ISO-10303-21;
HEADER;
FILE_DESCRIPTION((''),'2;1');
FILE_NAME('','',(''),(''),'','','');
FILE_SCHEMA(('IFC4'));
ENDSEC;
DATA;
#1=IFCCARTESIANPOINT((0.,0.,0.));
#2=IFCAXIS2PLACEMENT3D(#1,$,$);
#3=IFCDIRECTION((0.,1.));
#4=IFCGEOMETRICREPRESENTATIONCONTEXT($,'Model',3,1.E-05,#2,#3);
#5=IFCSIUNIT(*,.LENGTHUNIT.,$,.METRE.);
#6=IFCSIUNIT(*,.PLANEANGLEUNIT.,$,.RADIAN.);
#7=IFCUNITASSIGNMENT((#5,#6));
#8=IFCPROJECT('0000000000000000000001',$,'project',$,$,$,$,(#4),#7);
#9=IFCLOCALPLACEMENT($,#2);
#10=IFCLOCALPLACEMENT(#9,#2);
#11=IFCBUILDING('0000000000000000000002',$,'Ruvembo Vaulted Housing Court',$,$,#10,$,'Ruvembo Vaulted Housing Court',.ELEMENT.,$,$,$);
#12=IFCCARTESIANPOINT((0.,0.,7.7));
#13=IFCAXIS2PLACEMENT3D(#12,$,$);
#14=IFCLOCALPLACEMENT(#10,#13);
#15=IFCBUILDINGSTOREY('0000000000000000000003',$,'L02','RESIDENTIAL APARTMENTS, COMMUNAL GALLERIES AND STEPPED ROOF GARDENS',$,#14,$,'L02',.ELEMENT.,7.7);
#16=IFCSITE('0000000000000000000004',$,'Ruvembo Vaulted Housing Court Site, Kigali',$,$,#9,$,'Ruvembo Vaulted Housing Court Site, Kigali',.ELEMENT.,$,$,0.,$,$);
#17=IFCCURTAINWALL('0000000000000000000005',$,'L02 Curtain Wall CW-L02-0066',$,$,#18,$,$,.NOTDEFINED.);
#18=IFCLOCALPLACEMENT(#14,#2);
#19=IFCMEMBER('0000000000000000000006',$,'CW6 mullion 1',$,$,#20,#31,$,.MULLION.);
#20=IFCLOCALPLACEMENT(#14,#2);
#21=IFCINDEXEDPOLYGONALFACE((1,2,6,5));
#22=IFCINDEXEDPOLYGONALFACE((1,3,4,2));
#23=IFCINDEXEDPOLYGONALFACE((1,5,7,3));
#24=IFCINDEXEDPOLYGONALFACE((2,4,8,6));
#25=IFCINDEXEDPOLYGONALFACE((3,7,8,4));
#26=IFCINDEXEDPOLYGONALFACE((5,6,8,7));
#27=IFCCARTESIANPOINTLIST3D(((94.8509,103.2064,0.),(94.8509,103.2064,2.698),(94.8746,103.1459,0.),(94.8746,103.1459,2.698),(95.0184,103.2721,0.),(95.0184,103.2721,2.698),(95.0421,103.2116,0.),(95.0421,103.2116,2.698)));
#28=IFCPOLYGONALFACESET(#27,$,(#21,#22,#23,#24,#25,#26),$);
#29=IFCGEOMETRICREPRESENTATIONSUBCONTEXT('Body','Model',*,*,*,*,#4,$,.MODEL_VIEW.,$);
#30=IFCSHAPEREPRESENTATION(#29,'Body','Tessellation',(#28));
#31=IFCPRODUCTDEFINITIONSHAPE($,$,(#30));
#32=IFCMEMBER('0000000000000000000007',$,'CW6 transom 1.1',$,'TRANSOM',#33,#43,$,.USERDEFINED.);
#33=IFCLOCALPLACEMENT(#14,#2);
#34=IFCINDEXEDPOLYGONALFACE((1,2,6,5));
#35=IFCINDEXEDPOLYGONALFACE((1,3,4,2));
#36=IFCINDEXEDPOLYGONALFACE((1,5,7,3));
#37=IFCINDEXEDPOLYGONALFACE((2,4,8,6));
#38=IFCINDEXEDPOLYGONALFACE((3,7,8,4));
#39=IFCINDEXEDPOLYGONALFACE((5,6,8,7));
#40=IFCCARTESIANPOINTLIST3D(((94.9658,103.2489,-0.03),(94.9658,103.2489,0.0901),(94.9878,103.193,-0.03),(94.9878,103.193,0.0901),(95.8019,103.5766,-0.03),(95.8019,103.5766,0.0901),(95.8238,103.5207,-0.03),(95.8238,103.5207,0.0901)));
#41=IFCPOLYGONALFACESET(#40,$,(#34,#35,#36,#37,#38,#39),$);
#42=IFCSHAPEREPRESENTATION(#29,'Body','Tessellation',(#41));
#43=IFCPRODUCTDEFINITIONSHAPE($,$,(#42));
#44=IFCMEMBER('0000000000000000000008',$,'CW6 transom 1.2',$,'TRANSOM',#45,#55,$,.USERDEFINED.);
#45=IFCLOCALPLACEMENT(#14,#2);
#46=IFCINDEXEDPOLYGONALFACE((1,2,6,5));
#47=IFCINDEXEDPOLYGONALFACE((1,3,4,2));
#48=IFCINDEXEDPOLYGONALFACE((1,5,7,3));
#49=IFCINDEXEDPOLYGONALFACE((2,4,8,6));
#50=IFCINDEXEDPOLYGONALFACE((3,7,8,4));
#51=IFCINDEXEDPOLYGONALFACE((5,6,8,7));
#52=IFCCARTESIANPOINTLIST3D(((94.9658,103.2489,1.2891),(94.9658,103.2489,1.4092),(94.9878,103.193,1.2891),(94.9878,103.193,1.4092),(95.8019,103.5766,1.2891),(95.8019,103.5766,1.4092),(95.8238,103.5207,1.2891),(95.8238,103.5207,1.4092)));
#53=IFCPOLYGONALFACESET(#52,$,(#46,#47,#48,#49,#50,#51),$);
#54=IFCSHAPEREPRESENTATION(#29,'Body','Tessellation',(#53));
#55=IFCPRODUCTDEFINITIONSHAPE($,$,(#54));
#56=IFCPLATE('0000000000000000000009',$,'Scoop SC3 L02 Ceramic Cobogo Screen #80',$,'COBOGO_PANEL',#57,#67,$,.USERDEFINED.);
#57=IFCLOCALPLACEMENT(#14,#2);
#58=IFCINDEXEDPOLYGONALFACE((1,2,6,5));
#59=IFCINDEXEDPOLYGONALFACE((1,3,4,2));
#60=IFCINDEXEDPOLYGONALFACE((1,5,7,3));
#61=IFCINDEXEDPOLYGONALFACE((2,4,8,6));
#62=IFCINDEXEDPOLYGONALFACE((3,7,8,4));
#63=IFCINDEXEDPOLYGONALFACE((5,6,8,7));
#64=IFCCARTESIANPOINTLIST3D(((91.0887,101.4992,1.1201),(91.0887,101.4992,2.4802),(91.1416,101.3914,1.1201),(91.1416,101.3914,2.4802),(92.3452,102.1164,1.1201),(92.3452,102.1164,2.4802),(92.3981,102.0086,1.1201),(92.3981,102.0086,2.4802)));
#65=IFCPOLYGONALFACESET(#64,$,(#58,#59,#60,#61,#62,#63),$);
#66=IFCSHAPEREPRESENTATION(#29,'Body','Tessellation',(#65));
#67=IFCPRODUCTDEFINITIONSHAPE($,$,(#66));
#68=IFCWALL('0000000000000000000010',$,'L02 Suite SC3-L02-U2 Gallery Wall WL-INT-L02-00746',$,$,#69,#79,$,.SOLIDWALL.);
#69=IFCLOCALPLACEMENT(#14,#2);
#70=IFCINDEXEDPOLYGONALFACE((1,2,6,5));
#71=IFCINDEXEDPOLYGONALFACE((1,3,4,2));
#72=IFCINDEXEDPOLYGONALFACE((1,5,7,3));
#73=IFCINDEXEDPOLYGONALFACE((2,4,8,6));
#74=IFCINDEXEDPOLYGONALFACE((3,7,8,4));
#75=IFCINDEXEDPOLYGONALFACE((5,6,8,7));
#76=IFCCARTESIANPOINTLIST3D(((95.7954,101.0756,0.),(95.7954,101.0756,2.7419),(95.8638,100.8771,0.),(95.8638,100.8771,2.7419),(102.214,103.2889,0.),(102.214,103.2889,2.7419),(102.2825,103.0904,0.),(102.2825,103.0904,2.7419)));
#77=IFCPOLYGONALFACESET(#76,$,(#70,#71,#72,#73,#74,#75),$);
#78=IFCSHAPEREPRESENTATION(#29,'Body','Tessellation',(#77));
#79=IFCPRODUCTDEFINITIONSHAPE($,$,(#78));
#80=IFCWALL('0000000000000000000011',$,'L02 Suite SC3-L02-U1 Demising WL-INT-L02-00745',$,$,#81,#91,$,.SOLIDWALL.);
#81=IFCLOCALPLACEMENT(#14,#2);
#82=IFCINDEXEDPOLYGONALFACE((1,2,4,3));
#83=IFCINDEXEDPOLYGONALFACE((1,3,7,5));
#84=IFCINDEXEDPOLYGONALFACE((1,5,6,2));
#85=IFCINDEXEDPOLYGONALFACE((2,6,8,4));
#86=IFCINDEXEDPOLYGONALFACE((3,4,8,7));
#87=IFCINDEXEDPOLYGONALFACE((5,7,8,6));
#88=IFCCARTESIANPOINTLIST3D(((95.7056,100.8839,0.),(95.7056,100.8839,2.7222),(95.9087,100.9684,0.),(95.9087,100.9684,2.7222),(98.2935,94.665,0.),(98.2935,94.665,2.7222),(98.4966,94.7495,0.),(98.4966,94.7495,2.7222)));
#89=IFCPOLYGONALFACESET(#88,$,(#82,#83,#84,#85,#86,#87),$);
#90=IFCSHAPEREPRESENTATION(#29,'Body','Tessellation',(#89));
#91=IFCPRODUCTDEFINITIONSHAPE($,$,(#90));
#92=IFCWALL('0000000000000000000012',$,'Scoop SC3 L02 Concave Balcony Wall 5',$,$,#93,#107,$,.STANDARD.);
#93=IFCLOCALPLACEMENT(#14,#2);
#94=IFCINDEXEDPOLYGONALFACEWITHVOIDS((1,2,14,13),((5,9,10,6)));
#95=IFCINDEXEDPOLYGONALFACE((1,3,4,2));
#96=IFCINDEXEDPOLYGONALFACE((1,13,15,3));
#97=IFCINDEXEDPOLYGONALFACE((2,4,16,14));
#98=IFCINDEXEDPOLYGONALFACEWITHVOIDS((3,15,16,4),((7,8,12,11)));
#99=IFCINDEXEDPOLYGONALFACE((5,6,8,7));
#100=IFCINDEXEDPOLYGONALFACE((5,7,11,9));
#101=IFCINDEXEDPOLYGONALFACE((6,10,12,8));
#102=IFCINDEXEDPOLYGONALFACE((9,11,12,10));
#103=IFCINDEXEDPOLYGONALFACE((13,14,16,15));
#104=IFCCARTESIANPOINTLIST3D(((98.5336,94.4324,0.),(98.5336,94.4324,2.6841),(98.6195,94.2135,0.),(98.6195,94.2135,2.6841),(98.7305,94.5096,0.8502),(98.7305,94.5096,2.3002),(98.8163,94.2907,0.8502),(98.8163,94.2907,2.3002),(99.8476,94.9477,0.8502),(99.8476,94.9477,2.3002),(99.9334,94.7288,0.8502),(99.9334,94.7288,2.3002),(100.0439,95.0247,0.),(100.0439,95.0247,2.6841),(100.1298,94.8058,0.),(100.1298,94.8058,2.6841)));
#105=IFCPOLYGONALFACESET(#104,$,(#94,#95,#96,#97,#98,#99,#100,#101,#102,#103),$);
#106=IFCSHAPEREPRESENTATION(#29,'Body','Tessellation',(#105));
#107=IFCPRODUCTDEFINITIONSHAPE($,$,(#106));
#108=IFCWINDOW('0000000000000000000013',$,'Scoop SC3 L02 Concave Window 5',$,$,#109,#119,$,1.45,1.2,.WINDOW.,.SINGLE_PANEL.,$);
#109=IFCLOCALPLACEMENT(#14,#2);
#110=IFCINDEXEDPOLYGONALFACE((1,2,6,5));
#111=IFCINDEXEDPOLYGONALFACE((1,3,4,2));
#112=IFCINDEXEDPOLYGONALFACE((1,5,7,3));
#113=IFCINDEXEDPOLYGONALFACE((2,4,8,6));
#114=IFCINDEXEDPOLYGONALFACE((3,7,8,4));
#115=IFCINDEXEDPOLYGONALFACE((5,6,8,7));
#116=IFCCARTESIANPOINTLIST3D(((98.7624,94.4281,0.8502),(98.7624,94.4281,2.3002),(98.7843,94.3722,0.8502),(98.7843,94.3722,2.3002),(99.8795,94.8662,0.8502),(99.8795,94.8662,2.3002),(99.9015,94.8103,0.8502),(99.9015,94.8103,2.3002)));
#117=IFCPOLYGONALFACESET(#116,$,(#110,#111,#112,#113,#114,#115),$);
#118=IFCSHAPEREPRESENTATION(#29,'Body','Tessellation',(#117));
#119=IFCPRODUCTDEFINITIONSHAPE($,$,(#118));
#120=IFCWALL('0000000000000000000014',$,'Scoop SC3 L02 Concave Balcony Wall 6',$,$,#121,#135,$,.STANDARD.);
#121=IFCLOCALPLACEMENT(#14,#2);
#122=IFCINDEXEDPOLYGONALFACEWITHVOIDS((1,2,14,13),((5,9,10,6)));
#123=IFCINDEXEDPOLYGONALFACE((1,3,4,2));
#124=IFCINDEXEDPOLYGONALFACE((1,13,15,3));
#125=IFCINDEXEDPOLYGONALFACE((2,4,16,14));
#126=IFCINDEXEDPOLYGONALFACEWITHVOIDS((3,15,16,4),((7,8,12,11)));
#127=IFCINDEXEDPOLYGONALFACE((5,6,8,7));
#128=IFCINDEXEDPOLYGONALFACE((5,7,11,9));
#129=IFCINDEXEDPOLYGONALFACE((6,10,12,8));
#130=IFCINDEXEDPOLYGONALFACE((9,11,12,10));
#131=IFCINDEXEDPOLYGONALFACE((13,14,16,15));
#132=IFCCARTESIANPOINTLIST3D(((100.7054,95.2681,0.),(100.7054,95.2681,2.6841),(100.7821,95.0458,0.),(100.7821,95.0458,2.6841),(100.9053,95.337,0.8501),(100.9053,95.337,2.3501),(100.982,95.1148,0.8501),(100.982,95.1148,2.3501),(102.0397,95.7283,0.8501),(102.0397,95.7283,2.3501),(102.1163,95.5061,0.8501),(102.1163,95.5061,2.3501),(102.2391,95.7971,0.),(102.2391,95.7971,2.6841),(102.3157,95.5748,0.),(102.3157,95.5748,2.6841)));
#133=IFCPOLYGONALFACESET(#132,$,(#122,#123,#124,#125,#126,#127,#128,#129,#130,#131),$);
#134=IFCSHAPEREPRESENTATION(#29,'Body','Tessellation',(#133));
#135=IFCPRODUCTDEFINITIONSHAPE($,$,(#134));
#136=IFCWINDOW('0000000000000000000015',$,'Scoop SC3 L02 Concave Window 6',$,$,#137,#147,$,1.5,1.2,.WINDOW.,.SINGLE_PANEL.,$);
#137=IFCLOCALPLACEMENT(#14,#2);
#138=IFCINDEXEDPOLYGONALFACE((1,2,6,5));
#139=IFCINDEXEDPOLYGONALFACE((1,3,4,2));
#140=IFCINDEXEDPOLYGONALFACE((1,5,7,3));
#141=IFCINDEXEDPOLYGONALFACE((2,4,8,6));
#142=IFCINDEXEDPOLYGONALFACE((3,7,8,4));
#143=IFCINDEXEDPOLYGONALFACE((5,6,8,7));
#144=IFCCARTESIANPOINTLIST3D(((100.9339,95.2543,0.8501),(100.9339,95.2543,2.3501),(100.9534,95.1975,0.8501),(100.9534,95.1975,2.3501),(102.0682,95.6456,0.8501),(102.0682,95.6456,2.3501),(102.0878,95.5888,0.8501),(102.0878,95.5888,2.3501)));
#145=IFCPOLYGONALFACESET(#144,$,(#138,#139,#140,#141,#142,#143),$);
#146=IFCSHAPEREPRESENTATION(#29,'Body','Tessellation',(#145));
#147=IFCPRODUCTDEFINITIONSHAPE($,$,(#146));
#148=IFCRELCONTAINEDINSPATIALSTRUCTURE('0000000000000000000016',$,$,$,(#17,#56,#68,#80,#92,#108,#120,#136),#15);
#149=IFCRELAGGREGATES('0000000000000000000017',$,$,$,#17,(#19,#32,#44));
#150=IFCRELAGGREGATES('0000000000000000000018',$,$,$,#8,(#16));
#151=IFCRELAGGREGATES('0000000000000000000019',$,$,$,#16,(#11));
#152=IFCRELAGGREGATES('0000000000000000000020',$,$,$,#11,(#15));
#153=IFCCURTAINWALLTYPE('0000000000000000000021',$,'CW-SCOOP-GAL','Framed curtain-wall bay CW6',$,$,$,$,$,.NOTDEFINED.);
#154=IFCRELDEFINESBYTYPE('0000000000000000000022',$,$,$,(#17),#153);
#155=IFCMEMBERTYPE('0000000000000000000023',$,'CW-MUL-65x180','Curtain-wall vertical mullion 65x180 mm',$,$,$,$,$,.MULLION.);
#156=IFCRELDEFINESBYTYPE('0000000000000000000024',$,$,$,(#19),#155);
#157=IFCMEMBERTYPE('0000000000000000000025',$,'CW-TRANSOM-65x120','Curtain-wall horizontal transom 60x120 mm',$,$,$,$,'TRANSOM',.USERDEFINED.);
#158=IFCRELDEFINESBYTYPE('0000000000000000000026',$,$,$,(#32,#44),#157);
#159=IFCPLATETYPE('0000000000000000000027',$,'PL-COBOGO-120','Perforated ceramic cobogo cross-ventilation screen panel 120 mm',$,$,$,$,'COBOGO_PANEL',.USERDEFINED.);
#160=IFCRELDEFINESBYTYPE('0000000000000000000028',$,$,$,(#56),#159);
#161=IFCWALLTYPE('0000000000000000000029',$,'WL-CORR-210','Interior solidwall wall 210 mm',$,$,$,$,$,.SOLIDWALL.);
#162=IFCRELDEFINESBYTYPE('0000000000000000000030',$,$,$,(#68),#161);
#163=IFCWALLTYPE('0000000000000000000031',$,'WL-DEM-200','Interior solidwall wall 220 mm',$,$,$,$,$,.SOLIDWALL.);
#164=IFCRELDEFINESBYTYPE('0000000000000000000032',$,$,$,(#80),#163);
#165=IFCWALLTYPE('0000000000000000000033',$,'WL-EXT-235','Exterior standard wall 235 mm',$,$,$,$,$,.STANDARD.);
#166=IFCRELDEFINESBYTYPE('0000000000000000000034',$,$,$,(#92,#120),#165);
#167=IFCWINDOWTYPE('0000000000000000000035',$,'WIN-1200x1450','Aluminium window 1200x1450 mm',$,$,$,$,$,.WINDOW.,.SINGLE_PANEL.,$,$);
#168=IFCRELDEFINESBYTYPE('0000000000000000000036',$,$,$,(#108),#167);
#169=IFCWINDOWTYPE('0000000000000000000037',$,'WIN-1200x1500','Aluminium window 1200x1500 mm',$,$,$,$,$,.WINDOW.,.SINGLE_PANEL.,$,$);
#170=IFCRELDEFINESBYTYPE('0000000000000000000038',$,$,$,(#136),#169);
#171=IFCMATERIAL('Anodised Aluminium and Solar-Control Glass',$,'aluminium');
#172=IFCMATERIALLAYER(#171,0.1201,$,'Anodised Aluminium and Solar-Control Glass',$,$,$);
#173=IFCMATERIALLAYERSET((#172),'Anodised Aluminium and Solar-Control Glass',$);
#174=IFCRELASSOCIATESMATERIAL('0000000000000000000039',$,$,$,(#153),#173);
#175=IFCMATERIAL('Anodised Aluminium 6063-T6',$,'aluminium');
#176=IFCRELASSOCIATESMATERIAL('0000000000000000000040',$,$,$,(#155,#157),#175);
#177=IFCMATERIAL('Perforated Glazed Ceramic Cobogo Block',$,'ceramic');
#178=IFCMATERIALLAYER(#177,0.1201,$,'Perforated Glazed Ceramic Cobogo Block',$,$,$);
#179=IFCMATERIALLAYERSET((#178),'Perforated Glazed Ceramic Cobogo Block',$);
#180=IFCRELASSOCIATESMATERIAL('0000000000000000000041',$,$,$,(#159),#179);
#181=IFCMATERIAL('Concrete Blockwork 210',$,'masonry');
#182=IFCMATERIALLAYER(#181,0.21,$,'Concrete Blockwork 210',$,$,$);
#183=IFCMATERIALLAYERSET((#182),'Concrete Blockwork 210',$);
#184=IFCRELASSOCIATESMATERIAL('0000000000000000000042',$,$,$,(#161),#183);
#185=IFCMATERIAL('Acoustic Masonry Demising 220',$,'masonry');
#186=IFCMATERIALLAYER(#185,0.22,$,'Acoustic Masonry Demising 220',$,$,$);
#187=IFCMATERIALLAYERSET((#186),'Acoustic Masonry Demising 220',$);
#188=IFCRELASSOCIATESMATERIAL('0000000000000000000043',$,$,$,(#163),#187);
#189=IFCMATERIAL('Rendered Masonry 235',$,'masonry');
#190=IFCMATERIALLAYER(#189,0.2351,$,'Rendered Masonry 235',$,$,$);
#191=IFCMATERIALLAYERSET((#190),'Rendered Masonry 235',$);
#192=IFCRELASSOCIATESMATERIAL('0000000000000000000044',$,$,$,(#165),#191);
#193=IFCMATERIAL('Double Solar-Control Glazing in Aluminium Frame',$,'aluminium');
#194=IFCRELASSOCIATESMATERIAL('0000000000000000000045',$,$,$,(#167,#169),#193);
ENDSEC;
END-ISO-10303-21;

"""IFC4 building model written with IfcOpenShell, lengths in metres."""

from ifc_helpers import new_model, si_unit, direction, frame, frame_2d, origin, origin_2d, place, context, subcontext, project, spatial, rectangle, extrude, material, layer, layer_set, material_profile, profile_set, type_object, element, fill, aggregate, save


model = new_model("IFC4")

# Units and contexts
model_context = context("Model", 3, precision=1e-05, world=origin(), true_north=direction((0.0, 1.0)))
body_context = subcontext(model_context, "Body", "Model", "MODEL_VIEW")
ifc_project = project(units=[si_unit("LENGTHUNIT", "METRE"), si_unit("PLANEANGLEUNIT", "RADIAN")], contexts=[model_context])

# Site, building, storey
site_placement = place(None, origin())
site = spatial("IfcSite", under=ifc_project, at=site_placement, Name="Ruvembo Vaulted Housing Court Site, Kigali", LongName="Ruvembo Vaulted Housing Court Site, Kigali", CompositionType="ELEMENT", RefElevation=0.0)
building_placement = place(site_placement, origin())
building = spatial("IfcBuilding", under=site, at=building_placement, Name="Ruvembo Vaulted Housing Court", LongName="Ruvembo Vaulted Housing Court", CompositionType="ELEMENT")
storey_placement = place(building_placement, frame((0.0, 0.0, 7.7)))
storey = spatial("IfcBuildingStorey", under=building, at=storey_placement, Name="L02", Description="RESIDENTIAL APARTMENTS, COMMUNAL GALLERIES AND STEPPED ROOF GARDENS", LongName="L02", CompositionType="ELEMENT", Elevation=7.7)

# Curtain wall, members
ifc_material_1 = material(Name="Anodised Aluminium and Solar-Control Glass", Category="aluminium")
ifc_layer_1 = layer(ifc_material_1, 0.1201, Name="Anodised Aluminium and Solar-Control Glass")
ifc_layer_set_1 = layer_set([ifc_layer_1], Name="Anodised Aluminium and Solar-Control Glass")
curtain_wall_type = type_object("IfcCurtainWallType", Name="CW-SCOOP-GAL", Description="Framed curtain-wall bay CW6", PredefinedType="NOTDEFINED", material=ifc_layer_set_1)
curtain_wall_placement = place(storey_placement, origin())
curtain_wall = element("IfcCurtainWall", 1, at=curtain_wall_placement, inside=storey, type_object=curtain_wall_type, Name="L02 Curtain Wall CW-L02-0066", PredefinedType="NOTDEFINED")
ifc_material_2 = material(Name="Anodised Aluminium 6063-T6", Category="aluminium")
ifc_material_profile_1 = material_profile(ifc_material_2, rectangle(XDim=0.0649, YDim=0.1799, at=origin_2d()), Name="ALU 65x180")
ifc_profile_set_1 = profile_set([ifc_material_profile_1], Name="Anodised Aluminium 6063-T6")
member_type_1 = type_object("IfcMemberType", Name="CW-MUL-65x180", Description="Curtain-wall vertical mullion 65x180 mm", PredefinedType="MULLION", material=ifc_profile_set_1)
member_1_placement = place(storey_placement, frame((94.9465, 103.209, 0.0), z_axis=(0.0, 0.0, 1.0), x_axis=(-0.365034, 0.930994, 0.0)))
member_1 = element("IfcMember", 2, at=member_1_placement, type_object=member_type_1, Name="CW6 mullion 1", PredefinedType="MULLION", context=body_context, shape_type="SweptSolid", body=[
    extrude(rectangle(XDim=0.0649, YDim=0.1799, at=origin_2d()), origin(), (0.0, 0.0, 1.0), 2.698),
])
ifc_material_profile_2 = material_profile(ifc_material_2, rectangle(XDim=0.0601, YDim=0.1201, at=origin_2d()), Name="ALU 60x120")
ifc_profile_set_2 = profile_set([ifc_material_profile_2], Name="Anodised Aluminium 6063-T6")
member_type_2 = type_object("IfcMemberType", Name="CW-TRANSOM-65x120", Description="Curtain-wall horizontal transom 60x120 mm", ElementType="TRANSOM", PredefinedType="USERDEFINED", material=ifc_profile_set_2)
member_2_placement = place(storey_placement, frame((94.9768, 103.2209, 0.03), z_axis=(0.931042, 0.364912, 0.0), x_axis=(-0.364912, 0.931042, 0.0)))
member_2 = element("IfcMember", 3, at=member_2_placement, type_object=member_type_2, Name="CW6 transom 1.1", ObjectType="TRANSOM", PredefinedType="USERDEFINED", context=body_context, shape_type="SweptSolid", body=[
    extrude(rectangle(XDim=0.0601, YDim=0.1201, at=origin_2d()), origin(), (0.0, 0.0, 1.0), 0.8979),
])
member_3_placement = place(storey_placement, frame((94.9768, 103.2209, 1.3491), z_axis=(0.931042, 0.364912, 0.0), x_axis=(-0.364912, 0.931042, 0.0)))
member_3 = element("IfcMember", 4, at=member_3_placement, type_object=member_type_2, Name="CW6 transom 1.2", ObjectType="TRANSOM", PredefinedType="USERDEFINED", context=body_context, shape_type="SweptSolid", body=[
    extrude(rectangle(XDim=0.0601, YDim=0.1201, at=origin_2d()), origin(), (0.0, 0.0, 1.0), 0.8979),
])
aggregate(curtain_wall, [member_1, member_2, member_3])

# Plate
ifc_material_3 = material(Name="Perforated Glazed Ceramic Cobogo Block", Category="ceramic")
ifc_layer_2 = layer(ifc_material_3, 0.1201, Name="Perforated Glazed Ceramic Cobogo Block")
ifc_layer_set_2 = layer_set([ifc_layer_2], Name="Perforated Glazed Ceramic Cobogo Block")
plate_type = type_object("IfcPlateType", Name="PL-COBOGO-120", Description="Perforated ceramic cobogo cross-ventilation screen panel 120 mm", ElementType="COBOGO_PANEL", PredefinedType="USERDEFINED", material=ifc_layer_set_2)
plate_placement = place(storey_placement, frame((91.7434, 101.7539, 1.1201), z_axis=(0.0, 0.0, 1.0), x_axis=(0.897559, 0.440895, 0.0)))
element("IfcPlate", 5, at=plate_placement, inside=storey, type_object=plate_type, Name="Scoop SC3 L02 Ceramic Cobogo Screen #80", ObjectType="COBOGO_PANEL", PredefinedType="USERDEFINED", context=body_context, shape_type="SweptSolid", body=[
    extrude(rectangle(XDim=1.3999, YDim=0.1201, at=origin_2d()), origin(), (0.0, 0.0, 1.0), 1.3601),
])

# Wall
ifc_material_4 = material(Name="Concrete Blockwork 210", Category="masonry")
ifc_layer_3 = layer(ifc_material_4, 0.21, Name="Concrete Blockwork 210")
ifc_layer_set_3 = layer_set([ifc_layer_3], Name="Concrete Blockwork 210")
wall_type_1 = type_object("IfcWallType", Name="WL-CORR-210", Description="Interior solidwall wall 210 mm", PredefinedType="SOLIDWALL", material=ifc_layer_set_3)
wall_1_placement = place(storey_placement, frame((95.8296, 100.9763, 0.0), z_axis=(0.0, 0.0, 1.0), x_axis=(0.945371, 0.325995, 0.0)))
element("IfcWall", 6, at=wall_1_placement, inside=storey, type_object=wall_type_1, Name="L02 Suite SC3-L02-U2 Gallery Wall WL-INT-L02-00746", PredefinedType="SOLIDWALL", context=body_context, shape_type="SweptSolid", body=[
    extrude(rectangle(XDim=6.7896, YDim=0.21, at=frame_2d((3.3948, 0.0))), origin(), (0.0, 0.0, 1.0), 2.7419),
])

# Wall
ifc_material_5 = material(Name="Acoustic Masonry Demising 220", Category="masonry")
ifc_layer_4 = layer(ifc_material_5, 0.22, Name="Acoustic Masonry Demising 220")
ifc_layer_set_4 = layer_set([ifc_layer_4], Name="Acoustic Masonry Demising 220")
wall_type_2 = type_object("IfcWallType", Name="WL-DEM-200", Description="Interior solidwall wall 220 mm", PredefinedType="SOLIDWALL", material=ifc_layer_set_4)
wall_2_placement = place(storey_placement, frame((98.395, 94.7073, 0.0), z_axis=(0.0, 0.0, 1.0), x_axis=(-0.384191, 0.923254, 0.0)))
element("IfcWall", 7, at=wall_2_placement, inside=storey, type_object=wall_type_2, Name="L02 Suite SC3-L02-U1 Demising WL-INT-L02-00745", PredefinedType="SOLIDWALL", context=body_context, shape_type="SweptSolid", body=[
    extrude(rectangle(XDim=6.7358, YDim=0.22, at=frame_2d((3.3679, 0.0))), origin(), (0.0, 0.0, 1.0), 2.7222),
])

# Walls, openings, windows
ifc_material_6 = material(Name="Rendered Masonry 235", Category="masonry")
ifc_layer_5 = layer(ifc_material_6, 0.2351, Name="Rendered Masonry 235")
ifc_layer_set_5 = layer_set([ifc_layer_5], Name="Rendered Masonry 235")
wall_type_3 = type_object("IfcWallType", Name="WL-EXT-235", Description="Exterior standard wall 235 mm", PredefinedType="STANDARD", material=ifc_layer_set_5)
wall_3_placement = place(storey_placement, frame((98.5767, 94.323, 0.0), z_axis=(0.0, 0.0, 1.0), x_axis=(0.930967, 0.365103, 0.0)))
wall_3 = element("IfcWall", 8, at=wall_3_placement, inside=storey, type_object=wall_type_3, Name="Scoop SC3 L02 Concave Balcony Wall 5", PredefinedType="STANDARD", context=body_context, shape_type="SweptSolid", body=[
    extrude(rectangle(XDim=1.6223, YDim=0.2351, at=frame_2d((0.811, 0.0))), origin(), (0.0, 0.0, 1.0), 2.6841),
])
opening_1_placement = place(wall_3_placement, frame((0.2112, 0.0, 0.8501)))
opening_1 = element("IfcOpeningElement", 9, at=opening_1_placement, cuts=wall_3, PredefinedType="OPENING", context=body_context, shape_type="SweptSolid", body=[
    extrude(rectangle(XDim=1.2, YDim=1.45, at=frame_2d((0.6001, 0.7251))), frame((0.0, 0.1274, 0.0), z_axis=(0.0, -1.0, 0.0), x_axis=(1.0, 0.0, 0.0)), (0.0, 0.0, 1.0), 0.2551),
])
ifc_material_7 = material(Name="Double Solar-Control Glazing in Aluminium Frame", Category="aluminium")
window_type_1 = type_object("IfcWindowType", Name="WIN-1200x1450", Description="Aluminium window 1200x1450 mm", PartitioningType="SINGLE_PANEL", PredefinedType="WINDOW", material=ifc_material_7)
window_1_placement = place(opening_1_placement, origin())
window_1 = element("IfcWindow", 10, at=window_1_placement, inside=storey, type_object=window_type_1, Name="Scoop SC3 L02 Concave Window 5", OverallHeight=1.45, OverallWidth=1.2, PartitioningType="SINGLE_PANEL", PredefinedType="WINDOW", context=body_context, shape_type="SweptSolid", body=[
    extrude(rectangle(XDim=1.2, YDim=1.45, at=frame_2d((0.6001, 0.7251))), frame((0.0, 0.03, 0.0), z_axis=(0.0, -1.0, 0.0), x_axis=(1.0, 0.0, 0.0)), (0.0, 0.0, 1.0), 0.0601),
])
fill(opening_1, window_1)
wall_4_placement = place(storey_placement, frame((100.7439, 95.157, 0.0), z_axis=(0.0, 0.0, 1.0), x_axis=(0.945336, 0.326097, 0.0)))
wall_4 = element("IfcWall", 11, at=wall_4_placement, inside=storey, type_object=wall_type_3, Name="Scoop SC3 L02 Concave Balcony Wall 6", PredefinedType="STANDARD", context=body_context, shape_type="SweptSolid", body=[
    extrude(rectangle(XDim=1.6223, YDim=0.2351, at=frame_2d((0.811, 0.0))), origin(), (0.0, 0.0, 1.0), 2.6841),
])
opening_2_placement = place(wall_4_placement, frame((0.2112, 0.0, 0.8501)))
opening_2 = element("IfcOpeningElement", 12, at=opening_2_placement, cuts=wall_4, PredefinedType="OPENING", context=body_context, shape_type="SweptSolid", body=[
    extrude(rectangle(XDim=1.2, YDim=1.5, at=frame_2d((0.6001, 0.75))), frame((0.0, 0.1274, 0.0), z_axis=(0.0, -1.0, 0.0), x_axis=(1.0, 0.0, 0.0)), (0.0, 0.0, 1.0), 0.2551),
])
window_type_2 = type_object("IfcWindowType", Name="WIN-1200x1500", Description="Aluminium window 1200x1500 mm", PartitioningType="SINGLE_PANEL", PredefinedType="WINDOW", material=ifc_material_7)
window_2_placement = place(opening_2_placement, origin())
window_2 = element("IfcWindow", 13, at=window_2_placement, inside=storey, type_object=window_type_2, Name="Scoop SC3 L02 Concave Window 6", OverallHeight=1.5, OverallWidth=1.2, PartitioningType="SINGLE_PANEL", PredefinedType="WINDOW", context=body_context, shape_type="SweptSolid", body=[
    extrude(rectangle(XDim=1.2, YDim=1.5, at=frame_2d((0.6001, 0.75))), frame((0.0, 0.03, 0.0), z_axis=(0.0, -1.0, 0.0), x_axis=(1.0, 0.0, 0.0)), (0.0, 0.0, 1.0), 0.0601),
])
fill(opening_2, window_2)

save(model, "model.ifc")
